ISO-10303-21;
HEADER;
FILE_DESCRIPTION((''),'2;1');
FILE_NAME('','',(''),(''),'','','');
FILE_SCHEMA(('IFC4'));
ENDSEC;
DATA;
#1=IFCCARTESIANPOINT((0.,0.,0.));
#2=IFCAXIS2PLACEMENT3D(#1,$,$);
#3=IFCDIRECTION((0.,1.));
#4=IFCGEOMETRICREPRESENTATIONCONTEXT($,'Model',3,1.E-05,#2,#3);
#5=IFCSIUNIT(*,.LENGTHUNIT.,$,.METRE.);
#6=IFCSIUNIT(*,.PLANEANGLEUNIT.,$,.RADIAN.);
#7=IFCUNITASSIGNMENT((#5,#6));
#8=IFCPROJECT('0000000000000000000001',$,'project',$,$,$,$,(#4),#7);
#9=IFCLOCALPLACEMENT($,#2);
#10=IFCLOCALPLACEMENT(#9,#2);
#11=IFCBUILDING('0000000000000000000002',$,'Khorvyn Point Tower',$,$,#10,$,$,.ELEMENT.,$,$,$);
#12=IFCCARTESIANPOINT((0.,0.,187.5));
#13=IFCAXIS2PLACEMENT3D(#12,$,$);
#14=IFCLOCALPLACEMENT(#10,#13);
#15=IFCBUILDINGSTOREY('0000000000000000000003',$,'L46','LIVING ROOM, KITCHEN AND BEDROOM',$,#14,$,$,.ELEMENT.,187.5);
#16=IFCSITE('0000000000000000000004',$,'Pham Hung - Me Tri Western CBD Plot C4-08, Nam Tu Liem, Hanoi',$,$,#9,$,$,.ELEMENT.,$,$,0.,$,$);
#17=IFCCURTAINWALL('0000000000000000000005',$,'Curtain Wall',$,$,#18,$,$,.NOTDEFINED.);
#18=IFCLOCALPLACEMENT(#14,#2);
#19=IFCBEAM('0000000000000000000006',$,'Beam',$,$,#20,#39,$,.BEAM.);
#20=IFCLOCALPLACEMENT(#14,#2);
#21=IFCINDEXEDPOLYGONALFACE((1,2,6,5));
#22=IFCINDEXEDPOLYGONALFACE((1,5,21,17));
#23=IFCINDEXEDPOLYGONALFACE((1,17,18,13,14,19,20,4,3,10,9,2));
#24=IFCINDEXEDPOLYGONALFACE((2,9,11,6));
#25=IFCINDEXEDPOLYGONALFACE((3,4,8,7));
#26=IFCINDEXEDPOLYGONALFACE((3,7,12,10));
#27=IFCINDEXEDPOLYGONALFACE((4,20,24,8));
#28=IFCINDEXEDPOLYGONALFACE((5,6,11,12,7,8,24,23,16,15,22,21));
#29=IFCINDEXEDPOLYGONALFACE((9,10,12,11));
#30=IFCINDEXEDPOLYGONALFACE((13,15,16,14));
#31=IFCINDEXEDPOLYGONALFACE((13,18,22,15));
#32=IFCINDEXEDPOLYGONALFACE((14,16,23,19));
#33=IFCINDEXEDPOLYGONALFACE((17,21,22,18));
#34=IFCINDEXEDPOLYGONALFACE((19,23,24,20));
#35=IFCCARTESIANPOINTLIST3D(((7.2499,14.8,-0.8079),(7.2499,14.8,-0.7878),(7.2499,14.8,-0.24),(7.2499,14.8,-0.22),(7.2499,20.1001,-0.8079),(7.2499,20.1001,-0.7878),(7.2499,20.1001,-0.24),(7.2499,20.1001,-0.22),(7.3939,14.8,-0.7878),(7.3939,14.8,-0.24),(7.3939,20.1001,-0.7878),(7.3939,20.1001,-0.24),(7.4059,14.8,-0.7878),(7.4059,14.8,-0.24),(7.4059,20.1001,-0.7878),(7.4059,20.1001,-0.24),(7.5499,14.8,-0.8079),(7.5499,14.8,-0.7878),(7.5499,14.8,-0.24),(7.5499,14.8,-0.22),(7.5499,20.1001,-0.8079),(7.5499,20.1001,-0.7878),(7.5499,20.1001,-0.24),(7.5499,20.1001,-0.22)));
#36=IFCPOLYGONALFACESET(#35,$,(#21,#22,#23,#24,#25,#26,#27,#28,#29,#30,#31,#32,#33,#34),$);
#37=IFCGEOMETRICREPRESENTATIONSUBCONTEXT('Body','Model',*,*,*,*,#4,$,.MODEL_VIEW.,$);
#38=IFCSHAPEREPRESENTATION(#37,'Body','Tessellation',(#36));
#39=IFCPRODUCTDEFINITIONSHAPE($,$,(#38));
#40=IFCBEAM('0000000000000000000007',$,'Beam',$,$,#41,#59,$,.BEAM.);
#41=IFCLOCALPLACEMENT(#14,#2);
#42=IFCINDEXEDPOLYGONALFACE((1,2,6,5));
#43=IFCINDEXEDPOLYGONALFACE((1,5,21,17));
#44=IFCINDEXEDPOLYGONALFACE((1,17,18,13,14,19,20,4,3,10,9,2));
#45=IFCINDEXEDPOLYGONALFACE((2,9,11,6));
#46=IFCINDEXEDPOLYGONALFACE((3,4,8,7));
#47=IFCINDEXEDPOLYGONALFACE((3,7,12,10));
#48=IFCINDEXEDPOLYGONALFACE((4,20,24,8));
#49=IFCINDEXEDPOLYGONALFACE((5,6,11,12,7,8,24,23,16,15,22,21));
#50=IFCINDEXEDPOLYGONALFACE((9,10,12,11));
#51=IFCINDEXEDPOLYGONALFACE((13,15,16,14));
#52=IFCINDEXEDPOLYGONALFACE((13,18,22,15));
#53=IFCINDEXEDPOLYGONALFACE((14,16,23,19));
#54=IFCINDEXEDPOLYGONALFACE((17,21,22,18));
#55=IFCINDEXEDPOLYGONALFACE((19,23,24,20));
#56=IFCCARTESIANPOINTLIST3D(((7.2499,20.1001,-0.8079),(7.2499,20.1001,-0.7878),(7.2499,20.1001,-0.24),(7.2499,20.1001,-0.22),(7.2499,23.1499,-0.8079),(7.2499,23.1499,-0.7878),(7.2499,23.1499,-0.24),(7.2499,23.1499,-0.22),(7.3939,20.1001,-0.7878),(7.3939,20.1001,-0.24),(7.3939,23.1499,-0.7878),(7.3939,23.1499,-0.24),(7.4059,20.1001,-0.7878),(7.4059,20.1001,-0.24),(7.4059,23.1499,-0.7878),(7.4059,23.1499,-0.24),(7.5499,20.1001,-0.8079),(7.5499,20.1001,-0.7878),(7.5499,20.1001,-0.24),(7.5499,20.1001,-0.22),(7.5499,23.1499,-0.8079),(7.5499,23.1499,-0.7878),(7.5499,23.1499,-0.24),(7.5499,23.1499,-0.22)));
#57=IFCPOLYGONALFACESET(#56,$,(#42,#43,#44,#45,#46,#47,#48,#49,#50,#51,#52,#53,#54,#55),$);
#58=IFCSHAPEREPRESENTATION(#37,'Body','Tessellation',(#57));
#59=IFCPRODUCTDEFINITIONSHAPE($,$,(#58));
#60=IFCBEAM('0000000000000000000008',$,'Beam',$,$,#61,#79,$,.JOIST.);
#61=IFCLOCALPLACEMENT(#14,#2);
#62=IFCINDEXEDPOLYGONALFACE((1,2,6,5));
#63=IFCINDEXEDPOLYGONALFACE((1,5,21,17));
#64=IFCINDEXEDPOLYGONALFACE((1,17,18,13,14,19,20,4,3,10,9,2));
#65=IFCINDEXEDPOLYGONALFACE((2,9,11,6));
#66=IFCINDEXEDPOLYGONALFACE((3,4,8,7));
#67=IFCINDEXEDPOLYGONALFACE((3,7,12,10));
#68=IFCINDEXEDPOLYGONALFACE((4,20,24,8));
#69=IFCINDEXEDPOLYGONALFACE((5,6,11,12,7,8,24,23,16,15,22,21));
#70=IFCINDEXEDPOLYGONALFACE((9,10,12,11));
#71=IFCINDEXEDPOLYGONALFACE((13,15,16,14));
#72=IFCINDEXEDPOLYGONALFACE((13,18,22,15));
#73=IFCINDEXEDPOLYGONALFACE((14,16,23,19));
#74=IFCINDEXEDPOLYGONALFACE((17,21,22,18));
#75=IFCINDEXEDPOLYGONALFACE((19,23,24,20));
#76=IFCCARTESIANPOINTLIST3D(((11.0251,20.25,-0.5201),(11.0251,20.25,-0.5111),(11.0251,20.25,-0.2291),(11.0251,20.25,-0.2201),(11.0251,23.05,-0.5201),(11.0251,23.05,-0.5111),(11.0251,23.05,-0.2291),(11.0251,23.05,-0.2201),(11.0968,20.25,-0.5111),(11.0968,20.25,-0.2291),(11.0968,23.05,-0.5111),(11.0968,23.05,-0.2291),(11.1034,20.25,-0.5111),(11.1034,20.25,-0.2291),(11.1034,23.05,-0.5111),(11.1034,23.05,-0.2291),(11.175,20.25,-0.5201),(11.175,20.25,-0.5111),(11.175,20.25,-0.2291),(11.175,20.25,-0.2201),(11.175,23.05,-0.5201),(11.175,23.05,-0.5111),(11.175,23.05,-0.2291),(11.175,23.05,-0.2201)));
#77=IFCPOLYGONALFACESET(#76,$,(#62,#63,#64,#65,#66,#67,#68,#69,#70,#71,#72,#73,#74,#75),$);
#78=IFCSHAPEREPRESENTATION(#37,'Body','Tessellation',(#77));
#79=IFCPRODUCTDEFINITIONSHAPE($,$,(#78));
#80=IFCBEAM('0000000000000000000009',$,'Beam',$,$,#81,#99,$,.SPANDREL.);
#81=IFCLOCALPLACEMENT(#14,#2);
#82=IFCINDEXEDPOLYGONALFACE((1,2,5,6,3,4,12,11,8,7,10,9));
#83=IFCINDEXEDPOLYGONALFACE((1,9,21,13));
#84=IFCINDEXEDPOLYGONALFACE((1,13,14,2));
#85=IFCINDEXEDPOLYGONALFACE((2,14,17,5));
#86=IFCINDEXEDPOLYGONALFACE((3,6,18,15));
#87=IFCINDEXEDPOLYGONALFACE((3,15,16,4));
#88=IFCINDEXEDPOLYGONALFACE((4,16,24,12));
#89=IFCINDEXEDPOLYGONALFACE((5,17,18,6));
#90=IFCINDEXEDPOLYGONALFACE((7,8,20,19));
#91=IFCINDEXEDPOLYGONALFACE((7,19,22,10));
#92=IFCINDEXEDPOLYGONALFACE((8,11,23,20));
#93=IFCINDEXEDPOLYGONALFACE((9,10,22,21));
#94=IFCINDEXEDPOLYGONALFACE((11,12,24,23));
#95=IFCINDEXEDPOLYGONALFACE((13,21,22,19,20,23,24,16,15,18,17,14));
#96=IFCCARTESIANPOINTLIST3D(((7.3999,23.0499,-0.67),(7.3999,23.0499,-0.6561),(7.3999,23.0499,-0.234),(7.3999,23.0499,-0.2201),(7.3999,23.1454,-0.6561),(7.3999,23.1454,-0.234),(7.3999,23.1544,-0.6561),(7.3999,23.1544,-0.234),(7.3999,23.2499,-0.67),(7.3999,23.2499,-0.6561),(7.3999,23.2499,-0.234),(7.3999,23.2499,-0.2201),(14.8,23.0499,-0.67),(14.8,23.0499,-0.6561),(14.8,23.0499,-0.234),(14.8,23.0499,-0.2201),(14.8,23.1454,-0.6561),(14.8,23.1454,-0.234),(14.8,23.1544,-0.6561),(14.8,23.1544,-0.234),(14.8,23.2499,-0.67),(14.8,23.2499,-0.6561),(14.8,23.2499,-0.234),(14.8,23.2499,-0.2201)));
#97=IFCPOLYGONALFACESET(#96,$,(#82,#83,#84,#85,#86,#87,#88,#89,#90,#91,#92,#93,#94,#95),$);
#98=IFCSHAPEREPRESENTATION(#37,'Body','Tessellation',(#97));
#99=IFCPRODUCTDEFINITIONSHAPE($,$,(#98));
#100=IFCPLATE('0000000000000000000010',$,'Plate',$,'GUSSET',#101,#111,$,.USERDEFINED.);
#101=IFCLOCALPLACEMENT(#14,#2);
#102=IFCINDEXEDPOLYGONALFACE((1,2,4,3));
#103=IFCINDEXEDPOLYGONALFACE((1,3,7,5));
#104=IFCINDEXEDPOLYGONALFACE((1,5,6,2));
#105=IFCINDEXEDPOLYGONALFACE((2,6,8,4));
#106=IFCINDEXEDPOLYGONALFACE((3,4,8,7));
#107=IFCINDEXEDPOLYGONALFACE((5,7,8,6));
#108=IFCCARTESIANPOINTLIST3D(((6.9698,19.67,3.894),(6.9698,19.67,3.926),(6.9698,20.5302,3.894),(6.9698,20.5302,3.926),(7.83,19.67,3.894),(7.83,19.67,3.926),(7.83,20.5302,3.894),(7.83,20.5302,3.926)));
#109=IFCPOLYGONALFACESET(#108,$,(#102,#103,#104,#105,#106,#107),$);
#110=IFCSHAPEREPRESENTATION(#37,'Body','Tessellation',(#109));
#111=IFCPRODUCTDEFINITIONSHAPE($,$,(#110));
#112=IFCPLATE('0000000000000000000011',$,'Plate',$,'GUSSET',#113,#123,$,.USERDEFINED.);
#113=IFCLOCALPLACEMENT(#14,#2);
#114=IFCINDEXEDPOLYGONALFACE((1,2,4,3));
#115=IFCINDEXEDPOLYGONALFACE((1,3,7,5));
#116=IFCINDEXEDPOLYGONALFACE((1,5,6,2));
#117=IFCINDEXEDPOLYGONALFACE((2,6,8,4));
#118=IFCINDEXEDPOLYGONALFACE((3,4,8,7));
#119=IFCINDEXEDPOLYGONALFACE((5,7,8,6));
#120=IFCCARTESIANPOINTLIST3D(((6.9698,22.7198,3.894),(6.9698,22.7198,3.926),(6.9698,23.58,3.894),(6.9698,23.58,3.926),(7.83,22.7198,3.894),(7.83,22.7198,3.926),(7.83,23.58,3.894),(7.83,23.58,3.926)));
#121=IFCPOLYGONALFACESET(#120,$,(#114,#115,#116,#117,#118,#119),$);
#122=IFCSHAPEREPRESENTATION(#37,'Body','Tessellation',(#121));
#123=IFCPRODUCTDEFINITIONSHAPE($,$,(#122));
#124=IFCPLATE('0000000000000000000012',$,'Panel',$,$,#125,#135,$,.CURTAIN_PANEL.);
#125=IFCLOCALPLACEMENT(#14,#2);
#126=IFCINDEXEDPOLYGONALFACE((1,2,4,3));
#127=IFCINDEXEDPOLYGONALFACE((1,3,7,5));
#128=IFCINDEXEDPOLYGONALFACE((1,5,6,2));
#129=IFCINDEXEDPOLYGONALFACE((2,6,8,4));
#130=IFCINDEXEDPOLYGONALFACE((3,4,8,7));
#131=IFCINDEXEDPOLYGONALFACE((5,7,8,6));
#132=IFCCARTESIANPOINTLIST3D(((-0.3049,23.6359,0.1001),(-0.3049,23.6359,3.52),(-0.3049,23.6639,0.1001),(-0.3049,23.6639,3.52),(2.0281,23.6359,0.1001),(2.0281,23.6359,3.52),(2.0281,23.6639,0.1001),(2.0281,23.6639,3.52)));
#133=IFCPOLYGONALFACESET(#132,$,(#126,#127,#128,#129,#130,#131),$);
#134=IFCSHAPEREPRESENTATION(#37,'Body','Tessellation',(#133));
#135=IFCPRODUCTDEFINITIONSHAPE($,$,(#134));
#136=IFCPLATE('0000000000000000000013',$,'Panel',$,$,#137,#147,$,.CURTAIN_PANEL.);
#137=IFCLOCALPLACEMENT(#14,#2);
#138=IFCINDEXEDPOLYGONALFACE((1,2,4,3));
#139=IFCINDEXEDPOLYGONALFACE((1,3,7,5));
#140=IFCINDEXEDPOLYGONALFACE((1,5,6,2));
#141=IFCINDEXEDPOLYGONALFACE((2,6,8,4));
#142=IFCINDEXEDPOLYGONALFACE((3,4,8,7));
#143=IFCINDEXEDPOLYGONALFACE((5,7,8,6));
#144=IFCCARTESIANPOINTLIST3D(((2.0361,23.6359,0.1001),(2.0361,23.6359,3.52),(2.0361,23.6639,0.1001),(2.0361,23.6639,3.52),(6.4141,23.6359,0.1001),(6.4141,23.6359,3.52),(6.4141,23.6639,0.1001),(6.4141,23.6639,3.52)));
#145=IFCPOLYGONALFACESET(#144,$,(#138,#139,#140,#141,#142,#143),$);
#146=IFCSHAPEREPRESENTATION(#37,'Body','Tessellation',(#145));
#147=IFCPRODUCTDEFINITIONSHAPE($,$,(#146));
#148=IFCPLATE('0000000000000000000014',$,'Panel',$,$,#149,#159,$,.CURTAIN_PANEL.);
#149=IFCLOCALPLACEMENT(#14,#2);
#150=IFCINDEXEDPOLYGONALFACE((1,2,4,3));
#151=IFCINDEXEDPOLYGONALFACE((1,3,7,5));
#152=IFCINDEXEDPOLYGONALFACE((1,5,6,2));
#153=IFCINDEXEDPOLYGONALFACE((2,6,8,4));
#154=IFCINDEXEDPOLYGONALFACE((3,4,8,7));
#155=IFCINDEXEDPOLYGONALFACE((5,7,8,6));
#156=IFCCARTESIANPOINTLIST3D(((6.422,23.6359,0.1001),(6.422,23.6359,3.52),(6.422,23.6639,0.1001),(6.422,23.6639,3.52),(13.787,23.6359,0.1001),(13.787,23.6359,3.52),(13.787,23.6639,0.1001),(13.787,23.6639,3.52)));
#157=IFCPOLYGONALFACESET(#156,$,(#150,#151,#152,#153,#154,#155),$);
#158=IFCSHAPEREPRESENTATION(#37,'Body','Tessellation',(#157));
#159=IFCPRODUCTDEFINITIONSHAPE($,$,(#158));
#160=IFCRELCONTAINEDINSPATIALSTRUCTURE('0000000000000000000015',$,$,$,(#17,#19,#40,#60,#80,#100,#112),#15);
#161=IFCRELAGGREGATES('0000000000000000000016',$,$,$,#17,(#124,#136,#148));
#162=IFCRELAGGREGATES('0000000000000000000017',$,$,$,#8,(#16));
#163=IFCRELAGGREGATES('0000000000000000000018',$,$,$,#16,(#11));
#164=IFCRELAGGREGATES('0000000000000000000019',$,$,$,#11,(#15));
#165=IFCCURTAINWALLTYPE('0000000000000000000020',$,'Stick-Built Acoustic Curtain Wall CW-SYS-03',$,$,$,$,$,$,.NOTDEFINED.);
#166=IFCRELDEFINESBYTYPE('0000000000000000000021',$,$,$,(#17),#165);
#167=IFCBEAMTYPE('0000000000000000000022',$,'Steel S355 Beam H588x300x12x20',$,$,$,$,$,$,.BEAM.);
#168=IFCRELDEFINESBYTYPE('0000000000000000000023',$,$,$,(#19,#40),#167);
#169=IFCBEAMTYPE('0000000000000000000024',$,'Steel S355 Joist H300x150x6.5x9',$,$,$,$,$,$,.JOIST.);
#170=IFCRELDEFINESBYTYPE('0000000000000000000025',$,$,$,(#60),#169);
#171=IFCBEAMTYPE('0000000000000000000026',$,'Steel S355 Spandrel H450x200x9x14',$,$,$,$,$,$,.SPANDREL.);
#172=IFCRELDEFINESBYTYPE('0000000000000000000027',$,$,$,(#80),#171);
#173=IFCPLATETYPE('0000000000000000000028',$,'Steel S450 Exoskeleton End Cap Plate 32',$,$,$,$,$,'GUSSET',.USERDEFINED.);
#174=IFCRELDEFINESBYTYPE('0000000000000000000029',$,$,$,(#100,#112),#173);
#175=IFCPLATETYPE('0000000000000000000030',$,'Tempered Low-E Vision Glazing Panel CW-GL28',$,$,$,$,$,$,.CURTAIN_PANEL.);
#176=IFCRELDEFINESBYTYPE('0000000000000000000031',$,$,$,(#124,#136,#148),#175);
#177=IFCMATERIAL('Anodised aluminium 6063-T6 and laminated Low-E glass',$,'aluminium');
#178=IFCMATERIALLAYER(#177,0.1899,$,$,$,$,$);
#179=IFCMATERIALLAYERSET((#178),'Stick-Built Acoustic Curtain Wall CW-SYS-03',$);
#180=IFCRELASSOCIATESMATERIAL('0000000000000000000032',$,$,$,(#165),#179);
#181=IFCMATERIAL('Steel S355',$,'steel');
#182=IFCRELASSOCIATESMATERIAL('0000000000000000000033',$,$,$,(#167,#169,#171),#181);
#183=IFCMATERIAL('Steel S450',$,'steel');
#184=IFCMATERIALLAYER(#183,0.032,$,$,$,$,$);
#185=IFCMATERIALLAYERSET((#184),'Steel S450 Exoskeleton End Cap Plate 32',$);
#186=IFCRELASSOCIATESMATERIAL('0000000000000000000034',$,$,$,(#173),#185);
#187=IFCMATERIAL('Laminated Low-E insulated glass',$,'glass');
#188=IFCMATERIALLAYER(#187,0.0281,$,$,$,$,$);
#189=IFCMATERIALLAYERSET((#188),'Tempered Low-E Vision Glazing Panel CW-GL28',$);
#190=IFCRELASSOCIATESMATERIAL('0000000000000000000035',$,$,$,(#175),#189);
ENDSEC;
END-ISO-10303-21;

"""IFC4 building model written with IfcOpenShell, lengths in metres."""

from ifc_helpers import new_model, si_unit, direction, frame, origin, origin_2d, place, context, subcontext, project, spatial, rectangle, i_section, extrude, material, layer, layer_set, material_profile, profile_set, type_object, element, aggregate, save


model = new_model("IFC4")

# Units and contexts
model_context = context("Model", 3, precision=1e-05, world=origin(), true_north=direction((0.0, 1.0)))
body_context = subcontext(model_context, "Body", "Model", "MODEL_VIEW")
ifc_project = project(units=[si_unit("LENGTHUNIT", "METRE"), si_unit("PLANEANGLEUNIT", "RADIAN")], contexts=[model_context])

# Site, building, storey
site_placement = place(None, origin())
site = spatial("IfcSite", under=ifc_project, at=site_placement, Name="Pham Hung - Me Tri Western CBD Plot C4-08, Nam Tu Liem, Hanoi", CompositionType="ELEMENT", RefElevation=0.0)
building_placement = place(site_placement, origin())
building = spatial("IfcBuilding", under=site, at=building_placement, Name="Khorvyn Point Tower", CompositionType="ELEMENT")
storey_placement = place(building_placement, frame((0.0, 0.0, 187.5)))
storey = spatial("IfcBuildingStorey", under=building, at=storey_placement, Name="L46", Description="LIVING ROOM, KITCHEN AND BEDROOM", CompositionType="ELEMENT", Elevation=187.5)

# Shared definitions
ifc_material_1 = material(Name="Steel S450", Category="steel")

# Curtain wall
ifc_material_2 = material(Name="Anodised aluminium 6063-T6 and laminated Low-E glass", Category="aluminium")
ifc_layer_1 = layer(ifc_material_2, 0.1899)
ifc_layer_set_1 = layer_set([ifc_layer_1], Name="Stick-Built Acoustic Curtain Wall CW-SYS-03")
curtain_wall_type = type_object("IfcCurtainWallType", Name="Stick-Built Acoustic Curtain Wall CW-SYS-03", PredefinedType="NOTDEFINED", material=ifc_layer_set_1)
curtain_wall_placement = place(storey_placement, origin())
curtain_wall = element("IfcCurtainWall", 1, at=curtain_wall_placement, inside=storey, type_object=curtain_wall_type, Name="Curtain Wall", PredefinedType="NOTDEFINED")

# Beams
ifc_material_3 = material(Name="Steel S355", Category="steel")
ifc_material_profile_1 = material_profile(ifc_material_3, i_section(OverallWidth=0.3, OverallDepth=0.5879, WebThickness=0.012, FlangeThickness=0.02, at=origin_2d()))
ifc_profile_set_1 = profile_set([ifc_material_profile_1], Name="Steel S355 H588x300x12x20")
beam_type_1 = type_object("IfcBeamType", Name="Steel S355 Beam H588x300x12x20", PredefinedType="BEAM", material=ifc_profile_set_1)
beam_1_placement = place(storey_placement, frame((7.3999, 14.8, -0.5139), z_axis=(0.0, 1.0, 0.0), x_axis=(-1.0, 0.0, 0.0)))
element("IfcBeam", 2, at=beam_1_placement, inside=storey, type_object=beam_type_1, Name="Beam", PredefinedType="BEAM", context=body_context, shape_type="SweptSolid", body=[
    extrude(i_section(OverallWidth=0.3, OverallDepth=0.5879, WebThickness=0.012, FlangeThickness=0.02, at=origin_2d()), origin(), (0.0, 0.0, 1.0), 5.3),
])
beam_2_placement = place(storey_placement, frame((7.3999, 20.1001, -0.5139), z_axis=(0.0, 1.0, 0.0), x_axis=(-1.0, 0.0, 0.0)))
element("IfcBeam", 3, at=beam_2_placement, inside=storey, type_object=beam_type_1, Name="Beam", PredefinedType="BEAM", context=body_context, shape_type="SweptSolid", body=[
    extrude(i_section(OverallWidth=0.3, OverallDepth=0.5879, WebThickness=0.012, FlangeThickness=0.02, at=origin_2d()), origin(), (0.0, 0.0, 1.0), 3.0498),
])
ifc_material_profile_2 = material_profile(ifc_material_3, i_section(OverallWidth=0.1499, OverallDepth=0.3, WebThickness=0.0066, FlangeThickness=0.009, at=origin_2d()))
ifc_profile_set_2 = profile_set([ifc_material_profile_2], Name="Steel S355 H300x150x6.5x9")
beam_type_2 = type_object("IfcBeamType", Name="Steel S355 Joist H300x150x6.5x9", PredefinedType="JOIST", material=ifc_profile_set_2)
beam_3_placement = place(storey_placement, frame((11.1001, 20.25, -0.3701), z_axis=(0.0, 1.0, 0.0), x_axis=(-1.0, 0.0, 0.0)))
element("IfcBeam", 4, at=beam_3_placement, inside=storey, type_object=beam_type_2, Name="Beam", PredefinedType="JOIST", context=body_context, shape_type="SweptSolid", body=[
    extrude(i_section(OverallWidth=0.1499, OverallDepth=0.3, WebThickness=0.0066, FlangeThickness=0.009, at=origin_2d()), origin(), (0.0, 0.0, 1.0), 2.8),
])
ifc_material_profile_3 = material_profile(ifc_material_3, i_section(OverallWidth=0.2, OverallDepth=0.45, WebThickness=0.009, FlangeThickness=0.0139, at=origin_2d()))
ifc_profile_set_3 = profile_set([ifc_material_profile_3], Name="Steel S355 H450x200x9x14")
beam_type_3 = type_object("IfcBeamType", Name="Steel S355 Spandrel H450x200x9x14", PredefinedType="SPANDREL", material=ifc_profile_set_3)
beam_4_placement = place(storey_placement, frame((7.3999, 23.1499, -0.4451), z_axis=(1.0, 0.0, 0.0), x_axis=(0.0, 1.0, 0.0)))
element("IfcBeam", 5, at=beam_4_placement, inside=storey, type_object=beam_type_3, Name="Beam", PredefinedType="SPANDREL", context=body_context, shape_type="SweptSolid", body=[
    extrude(i_section(OverallWidth=0.2, OverallDepth=0.45, WebThickness=0.009, FlangeThickness=0.0139, at=origin_2d()), origin(), (0.0, 0.0, 1.0), 7.4001),
])

# Plates
ifc_layer_2 = layer(ifc_material_1, 0.032)
ifc_layer_set_2 = layer_set([ifc_layer_2], Name="Steel S450 Exoskeleton End Cap Plate 32")
plate_type_1 = type_object("IfcPlateType", Name="Steel S450 Exoskeleton End Cap Plate 32", ElementType="GUSSET", PredefinedType="USERDEFINED", material=ifc_layer_set_2)
for number, where, z_axis, x_axis, name in (
    (6, (7.3999, 20.1001, 3.894), (0.0, 0.0, 1.0), (1.0, 0.0, 0.0), "Plate"),
    (7, (7.3999, 23.1499, 3.894), (0.0, 0.0, 1.0), (1.0, 0.0, 0.0), "Plate"),
):
    element("IfcPlate", number, at=place(storey_placement, frame(where, z_axis=z_axis, x_axis=x_axis)), inside=storey, type_object=plate_type_1, Name=name, ObjectType="GUSSET", PredefinedType="USERDEFINED", context=body_context, shape_type="SweptSolid", body=[
        extrude(rectangle(XDim=0.8601, YDim=0.8601, at=origin_2d()), origin(), (0.0, 0.0, 1.0), 0.032),
    ])

# Plates
ifc_material_4 = material(Name="Laminated Low-E insulated glass", Category="glass")
ifc_layer_3 = layer(ifc_material_4, 0.0281)
ifc_layer_set_3 = layer_set([ifc_layer_3], Name="Tempered Low-E Vision Glazing Panel CW-GL28")
plate_type_2 = type_object("IfcPlateType", Name="Tempered Low-E Vision Glazing Panel CW-GL28", PredefinedType="CURTAIN_PANEL", material=ifc_layer_set_3)
plate_1_placement = place(storey_placement, frame((0.8616, 23.6499, 0.1001), z_axis=(0.0, 0.0, 1.0), x_axis=(1.0, 0.0, 0.0)))
plate_1 = element("IfcPlate", 8, at=plate_1_placement, type_object=plate_type_2, Name="Panel", PredefinedType="CURTAIN_PANEL", context=body_context, shape_type="SweptSolid", body=[
    extrude(rectangle(XDim=2.333, YDim=0.0281, at=origin_2d()), origin(), (0.0, 0.0, 1.0), 3.4199),
])
plate_2_placement = place(storey_placement, frame((4.2251, 23.6499, 0.1001), z_axis=(0.0, 0.0, 1.0), x_axis=(1.0, 0.0, 0.0)))
plate_2 = element("IfcPlate", 9, at=plate_2_placement, type_object=plate_type_2, Name="Panel", PredefinedType="CURTAIN_PANEL", context=body_context, shape_type="SweptSolid", body=[
    extrude(rectangle(XDim=4.3779, YDim=0.0281, at=origin_2d()), origin(), (0.0, 0.0, 1.0), 3.4199),
])
plate_3_placement = place(storey_placement, frame((10.1045, 23.6499, 0.1001), z_axis=(0.0, 0.0, 1.0), x_axis=(1.0, 0.0, 0.0)))
plate_3 = element("IfcPlate", 10, at=plate_3_placement, type_object=plate_type_2, Name="Panel", PredefinedType="CURTAIN_PANEL", context=body_context, shape_type="SweptSolid", body=[
    extrude(rectangle(XDim=7.365, YDim=0.0281, at=origin_2d()), origin(), (0.0, 0.0, 1.0), 3.4199),
])
aggregate(curtain_wall, [plate_1, plate_2, plate_3])

save(model, "model.ifc")
